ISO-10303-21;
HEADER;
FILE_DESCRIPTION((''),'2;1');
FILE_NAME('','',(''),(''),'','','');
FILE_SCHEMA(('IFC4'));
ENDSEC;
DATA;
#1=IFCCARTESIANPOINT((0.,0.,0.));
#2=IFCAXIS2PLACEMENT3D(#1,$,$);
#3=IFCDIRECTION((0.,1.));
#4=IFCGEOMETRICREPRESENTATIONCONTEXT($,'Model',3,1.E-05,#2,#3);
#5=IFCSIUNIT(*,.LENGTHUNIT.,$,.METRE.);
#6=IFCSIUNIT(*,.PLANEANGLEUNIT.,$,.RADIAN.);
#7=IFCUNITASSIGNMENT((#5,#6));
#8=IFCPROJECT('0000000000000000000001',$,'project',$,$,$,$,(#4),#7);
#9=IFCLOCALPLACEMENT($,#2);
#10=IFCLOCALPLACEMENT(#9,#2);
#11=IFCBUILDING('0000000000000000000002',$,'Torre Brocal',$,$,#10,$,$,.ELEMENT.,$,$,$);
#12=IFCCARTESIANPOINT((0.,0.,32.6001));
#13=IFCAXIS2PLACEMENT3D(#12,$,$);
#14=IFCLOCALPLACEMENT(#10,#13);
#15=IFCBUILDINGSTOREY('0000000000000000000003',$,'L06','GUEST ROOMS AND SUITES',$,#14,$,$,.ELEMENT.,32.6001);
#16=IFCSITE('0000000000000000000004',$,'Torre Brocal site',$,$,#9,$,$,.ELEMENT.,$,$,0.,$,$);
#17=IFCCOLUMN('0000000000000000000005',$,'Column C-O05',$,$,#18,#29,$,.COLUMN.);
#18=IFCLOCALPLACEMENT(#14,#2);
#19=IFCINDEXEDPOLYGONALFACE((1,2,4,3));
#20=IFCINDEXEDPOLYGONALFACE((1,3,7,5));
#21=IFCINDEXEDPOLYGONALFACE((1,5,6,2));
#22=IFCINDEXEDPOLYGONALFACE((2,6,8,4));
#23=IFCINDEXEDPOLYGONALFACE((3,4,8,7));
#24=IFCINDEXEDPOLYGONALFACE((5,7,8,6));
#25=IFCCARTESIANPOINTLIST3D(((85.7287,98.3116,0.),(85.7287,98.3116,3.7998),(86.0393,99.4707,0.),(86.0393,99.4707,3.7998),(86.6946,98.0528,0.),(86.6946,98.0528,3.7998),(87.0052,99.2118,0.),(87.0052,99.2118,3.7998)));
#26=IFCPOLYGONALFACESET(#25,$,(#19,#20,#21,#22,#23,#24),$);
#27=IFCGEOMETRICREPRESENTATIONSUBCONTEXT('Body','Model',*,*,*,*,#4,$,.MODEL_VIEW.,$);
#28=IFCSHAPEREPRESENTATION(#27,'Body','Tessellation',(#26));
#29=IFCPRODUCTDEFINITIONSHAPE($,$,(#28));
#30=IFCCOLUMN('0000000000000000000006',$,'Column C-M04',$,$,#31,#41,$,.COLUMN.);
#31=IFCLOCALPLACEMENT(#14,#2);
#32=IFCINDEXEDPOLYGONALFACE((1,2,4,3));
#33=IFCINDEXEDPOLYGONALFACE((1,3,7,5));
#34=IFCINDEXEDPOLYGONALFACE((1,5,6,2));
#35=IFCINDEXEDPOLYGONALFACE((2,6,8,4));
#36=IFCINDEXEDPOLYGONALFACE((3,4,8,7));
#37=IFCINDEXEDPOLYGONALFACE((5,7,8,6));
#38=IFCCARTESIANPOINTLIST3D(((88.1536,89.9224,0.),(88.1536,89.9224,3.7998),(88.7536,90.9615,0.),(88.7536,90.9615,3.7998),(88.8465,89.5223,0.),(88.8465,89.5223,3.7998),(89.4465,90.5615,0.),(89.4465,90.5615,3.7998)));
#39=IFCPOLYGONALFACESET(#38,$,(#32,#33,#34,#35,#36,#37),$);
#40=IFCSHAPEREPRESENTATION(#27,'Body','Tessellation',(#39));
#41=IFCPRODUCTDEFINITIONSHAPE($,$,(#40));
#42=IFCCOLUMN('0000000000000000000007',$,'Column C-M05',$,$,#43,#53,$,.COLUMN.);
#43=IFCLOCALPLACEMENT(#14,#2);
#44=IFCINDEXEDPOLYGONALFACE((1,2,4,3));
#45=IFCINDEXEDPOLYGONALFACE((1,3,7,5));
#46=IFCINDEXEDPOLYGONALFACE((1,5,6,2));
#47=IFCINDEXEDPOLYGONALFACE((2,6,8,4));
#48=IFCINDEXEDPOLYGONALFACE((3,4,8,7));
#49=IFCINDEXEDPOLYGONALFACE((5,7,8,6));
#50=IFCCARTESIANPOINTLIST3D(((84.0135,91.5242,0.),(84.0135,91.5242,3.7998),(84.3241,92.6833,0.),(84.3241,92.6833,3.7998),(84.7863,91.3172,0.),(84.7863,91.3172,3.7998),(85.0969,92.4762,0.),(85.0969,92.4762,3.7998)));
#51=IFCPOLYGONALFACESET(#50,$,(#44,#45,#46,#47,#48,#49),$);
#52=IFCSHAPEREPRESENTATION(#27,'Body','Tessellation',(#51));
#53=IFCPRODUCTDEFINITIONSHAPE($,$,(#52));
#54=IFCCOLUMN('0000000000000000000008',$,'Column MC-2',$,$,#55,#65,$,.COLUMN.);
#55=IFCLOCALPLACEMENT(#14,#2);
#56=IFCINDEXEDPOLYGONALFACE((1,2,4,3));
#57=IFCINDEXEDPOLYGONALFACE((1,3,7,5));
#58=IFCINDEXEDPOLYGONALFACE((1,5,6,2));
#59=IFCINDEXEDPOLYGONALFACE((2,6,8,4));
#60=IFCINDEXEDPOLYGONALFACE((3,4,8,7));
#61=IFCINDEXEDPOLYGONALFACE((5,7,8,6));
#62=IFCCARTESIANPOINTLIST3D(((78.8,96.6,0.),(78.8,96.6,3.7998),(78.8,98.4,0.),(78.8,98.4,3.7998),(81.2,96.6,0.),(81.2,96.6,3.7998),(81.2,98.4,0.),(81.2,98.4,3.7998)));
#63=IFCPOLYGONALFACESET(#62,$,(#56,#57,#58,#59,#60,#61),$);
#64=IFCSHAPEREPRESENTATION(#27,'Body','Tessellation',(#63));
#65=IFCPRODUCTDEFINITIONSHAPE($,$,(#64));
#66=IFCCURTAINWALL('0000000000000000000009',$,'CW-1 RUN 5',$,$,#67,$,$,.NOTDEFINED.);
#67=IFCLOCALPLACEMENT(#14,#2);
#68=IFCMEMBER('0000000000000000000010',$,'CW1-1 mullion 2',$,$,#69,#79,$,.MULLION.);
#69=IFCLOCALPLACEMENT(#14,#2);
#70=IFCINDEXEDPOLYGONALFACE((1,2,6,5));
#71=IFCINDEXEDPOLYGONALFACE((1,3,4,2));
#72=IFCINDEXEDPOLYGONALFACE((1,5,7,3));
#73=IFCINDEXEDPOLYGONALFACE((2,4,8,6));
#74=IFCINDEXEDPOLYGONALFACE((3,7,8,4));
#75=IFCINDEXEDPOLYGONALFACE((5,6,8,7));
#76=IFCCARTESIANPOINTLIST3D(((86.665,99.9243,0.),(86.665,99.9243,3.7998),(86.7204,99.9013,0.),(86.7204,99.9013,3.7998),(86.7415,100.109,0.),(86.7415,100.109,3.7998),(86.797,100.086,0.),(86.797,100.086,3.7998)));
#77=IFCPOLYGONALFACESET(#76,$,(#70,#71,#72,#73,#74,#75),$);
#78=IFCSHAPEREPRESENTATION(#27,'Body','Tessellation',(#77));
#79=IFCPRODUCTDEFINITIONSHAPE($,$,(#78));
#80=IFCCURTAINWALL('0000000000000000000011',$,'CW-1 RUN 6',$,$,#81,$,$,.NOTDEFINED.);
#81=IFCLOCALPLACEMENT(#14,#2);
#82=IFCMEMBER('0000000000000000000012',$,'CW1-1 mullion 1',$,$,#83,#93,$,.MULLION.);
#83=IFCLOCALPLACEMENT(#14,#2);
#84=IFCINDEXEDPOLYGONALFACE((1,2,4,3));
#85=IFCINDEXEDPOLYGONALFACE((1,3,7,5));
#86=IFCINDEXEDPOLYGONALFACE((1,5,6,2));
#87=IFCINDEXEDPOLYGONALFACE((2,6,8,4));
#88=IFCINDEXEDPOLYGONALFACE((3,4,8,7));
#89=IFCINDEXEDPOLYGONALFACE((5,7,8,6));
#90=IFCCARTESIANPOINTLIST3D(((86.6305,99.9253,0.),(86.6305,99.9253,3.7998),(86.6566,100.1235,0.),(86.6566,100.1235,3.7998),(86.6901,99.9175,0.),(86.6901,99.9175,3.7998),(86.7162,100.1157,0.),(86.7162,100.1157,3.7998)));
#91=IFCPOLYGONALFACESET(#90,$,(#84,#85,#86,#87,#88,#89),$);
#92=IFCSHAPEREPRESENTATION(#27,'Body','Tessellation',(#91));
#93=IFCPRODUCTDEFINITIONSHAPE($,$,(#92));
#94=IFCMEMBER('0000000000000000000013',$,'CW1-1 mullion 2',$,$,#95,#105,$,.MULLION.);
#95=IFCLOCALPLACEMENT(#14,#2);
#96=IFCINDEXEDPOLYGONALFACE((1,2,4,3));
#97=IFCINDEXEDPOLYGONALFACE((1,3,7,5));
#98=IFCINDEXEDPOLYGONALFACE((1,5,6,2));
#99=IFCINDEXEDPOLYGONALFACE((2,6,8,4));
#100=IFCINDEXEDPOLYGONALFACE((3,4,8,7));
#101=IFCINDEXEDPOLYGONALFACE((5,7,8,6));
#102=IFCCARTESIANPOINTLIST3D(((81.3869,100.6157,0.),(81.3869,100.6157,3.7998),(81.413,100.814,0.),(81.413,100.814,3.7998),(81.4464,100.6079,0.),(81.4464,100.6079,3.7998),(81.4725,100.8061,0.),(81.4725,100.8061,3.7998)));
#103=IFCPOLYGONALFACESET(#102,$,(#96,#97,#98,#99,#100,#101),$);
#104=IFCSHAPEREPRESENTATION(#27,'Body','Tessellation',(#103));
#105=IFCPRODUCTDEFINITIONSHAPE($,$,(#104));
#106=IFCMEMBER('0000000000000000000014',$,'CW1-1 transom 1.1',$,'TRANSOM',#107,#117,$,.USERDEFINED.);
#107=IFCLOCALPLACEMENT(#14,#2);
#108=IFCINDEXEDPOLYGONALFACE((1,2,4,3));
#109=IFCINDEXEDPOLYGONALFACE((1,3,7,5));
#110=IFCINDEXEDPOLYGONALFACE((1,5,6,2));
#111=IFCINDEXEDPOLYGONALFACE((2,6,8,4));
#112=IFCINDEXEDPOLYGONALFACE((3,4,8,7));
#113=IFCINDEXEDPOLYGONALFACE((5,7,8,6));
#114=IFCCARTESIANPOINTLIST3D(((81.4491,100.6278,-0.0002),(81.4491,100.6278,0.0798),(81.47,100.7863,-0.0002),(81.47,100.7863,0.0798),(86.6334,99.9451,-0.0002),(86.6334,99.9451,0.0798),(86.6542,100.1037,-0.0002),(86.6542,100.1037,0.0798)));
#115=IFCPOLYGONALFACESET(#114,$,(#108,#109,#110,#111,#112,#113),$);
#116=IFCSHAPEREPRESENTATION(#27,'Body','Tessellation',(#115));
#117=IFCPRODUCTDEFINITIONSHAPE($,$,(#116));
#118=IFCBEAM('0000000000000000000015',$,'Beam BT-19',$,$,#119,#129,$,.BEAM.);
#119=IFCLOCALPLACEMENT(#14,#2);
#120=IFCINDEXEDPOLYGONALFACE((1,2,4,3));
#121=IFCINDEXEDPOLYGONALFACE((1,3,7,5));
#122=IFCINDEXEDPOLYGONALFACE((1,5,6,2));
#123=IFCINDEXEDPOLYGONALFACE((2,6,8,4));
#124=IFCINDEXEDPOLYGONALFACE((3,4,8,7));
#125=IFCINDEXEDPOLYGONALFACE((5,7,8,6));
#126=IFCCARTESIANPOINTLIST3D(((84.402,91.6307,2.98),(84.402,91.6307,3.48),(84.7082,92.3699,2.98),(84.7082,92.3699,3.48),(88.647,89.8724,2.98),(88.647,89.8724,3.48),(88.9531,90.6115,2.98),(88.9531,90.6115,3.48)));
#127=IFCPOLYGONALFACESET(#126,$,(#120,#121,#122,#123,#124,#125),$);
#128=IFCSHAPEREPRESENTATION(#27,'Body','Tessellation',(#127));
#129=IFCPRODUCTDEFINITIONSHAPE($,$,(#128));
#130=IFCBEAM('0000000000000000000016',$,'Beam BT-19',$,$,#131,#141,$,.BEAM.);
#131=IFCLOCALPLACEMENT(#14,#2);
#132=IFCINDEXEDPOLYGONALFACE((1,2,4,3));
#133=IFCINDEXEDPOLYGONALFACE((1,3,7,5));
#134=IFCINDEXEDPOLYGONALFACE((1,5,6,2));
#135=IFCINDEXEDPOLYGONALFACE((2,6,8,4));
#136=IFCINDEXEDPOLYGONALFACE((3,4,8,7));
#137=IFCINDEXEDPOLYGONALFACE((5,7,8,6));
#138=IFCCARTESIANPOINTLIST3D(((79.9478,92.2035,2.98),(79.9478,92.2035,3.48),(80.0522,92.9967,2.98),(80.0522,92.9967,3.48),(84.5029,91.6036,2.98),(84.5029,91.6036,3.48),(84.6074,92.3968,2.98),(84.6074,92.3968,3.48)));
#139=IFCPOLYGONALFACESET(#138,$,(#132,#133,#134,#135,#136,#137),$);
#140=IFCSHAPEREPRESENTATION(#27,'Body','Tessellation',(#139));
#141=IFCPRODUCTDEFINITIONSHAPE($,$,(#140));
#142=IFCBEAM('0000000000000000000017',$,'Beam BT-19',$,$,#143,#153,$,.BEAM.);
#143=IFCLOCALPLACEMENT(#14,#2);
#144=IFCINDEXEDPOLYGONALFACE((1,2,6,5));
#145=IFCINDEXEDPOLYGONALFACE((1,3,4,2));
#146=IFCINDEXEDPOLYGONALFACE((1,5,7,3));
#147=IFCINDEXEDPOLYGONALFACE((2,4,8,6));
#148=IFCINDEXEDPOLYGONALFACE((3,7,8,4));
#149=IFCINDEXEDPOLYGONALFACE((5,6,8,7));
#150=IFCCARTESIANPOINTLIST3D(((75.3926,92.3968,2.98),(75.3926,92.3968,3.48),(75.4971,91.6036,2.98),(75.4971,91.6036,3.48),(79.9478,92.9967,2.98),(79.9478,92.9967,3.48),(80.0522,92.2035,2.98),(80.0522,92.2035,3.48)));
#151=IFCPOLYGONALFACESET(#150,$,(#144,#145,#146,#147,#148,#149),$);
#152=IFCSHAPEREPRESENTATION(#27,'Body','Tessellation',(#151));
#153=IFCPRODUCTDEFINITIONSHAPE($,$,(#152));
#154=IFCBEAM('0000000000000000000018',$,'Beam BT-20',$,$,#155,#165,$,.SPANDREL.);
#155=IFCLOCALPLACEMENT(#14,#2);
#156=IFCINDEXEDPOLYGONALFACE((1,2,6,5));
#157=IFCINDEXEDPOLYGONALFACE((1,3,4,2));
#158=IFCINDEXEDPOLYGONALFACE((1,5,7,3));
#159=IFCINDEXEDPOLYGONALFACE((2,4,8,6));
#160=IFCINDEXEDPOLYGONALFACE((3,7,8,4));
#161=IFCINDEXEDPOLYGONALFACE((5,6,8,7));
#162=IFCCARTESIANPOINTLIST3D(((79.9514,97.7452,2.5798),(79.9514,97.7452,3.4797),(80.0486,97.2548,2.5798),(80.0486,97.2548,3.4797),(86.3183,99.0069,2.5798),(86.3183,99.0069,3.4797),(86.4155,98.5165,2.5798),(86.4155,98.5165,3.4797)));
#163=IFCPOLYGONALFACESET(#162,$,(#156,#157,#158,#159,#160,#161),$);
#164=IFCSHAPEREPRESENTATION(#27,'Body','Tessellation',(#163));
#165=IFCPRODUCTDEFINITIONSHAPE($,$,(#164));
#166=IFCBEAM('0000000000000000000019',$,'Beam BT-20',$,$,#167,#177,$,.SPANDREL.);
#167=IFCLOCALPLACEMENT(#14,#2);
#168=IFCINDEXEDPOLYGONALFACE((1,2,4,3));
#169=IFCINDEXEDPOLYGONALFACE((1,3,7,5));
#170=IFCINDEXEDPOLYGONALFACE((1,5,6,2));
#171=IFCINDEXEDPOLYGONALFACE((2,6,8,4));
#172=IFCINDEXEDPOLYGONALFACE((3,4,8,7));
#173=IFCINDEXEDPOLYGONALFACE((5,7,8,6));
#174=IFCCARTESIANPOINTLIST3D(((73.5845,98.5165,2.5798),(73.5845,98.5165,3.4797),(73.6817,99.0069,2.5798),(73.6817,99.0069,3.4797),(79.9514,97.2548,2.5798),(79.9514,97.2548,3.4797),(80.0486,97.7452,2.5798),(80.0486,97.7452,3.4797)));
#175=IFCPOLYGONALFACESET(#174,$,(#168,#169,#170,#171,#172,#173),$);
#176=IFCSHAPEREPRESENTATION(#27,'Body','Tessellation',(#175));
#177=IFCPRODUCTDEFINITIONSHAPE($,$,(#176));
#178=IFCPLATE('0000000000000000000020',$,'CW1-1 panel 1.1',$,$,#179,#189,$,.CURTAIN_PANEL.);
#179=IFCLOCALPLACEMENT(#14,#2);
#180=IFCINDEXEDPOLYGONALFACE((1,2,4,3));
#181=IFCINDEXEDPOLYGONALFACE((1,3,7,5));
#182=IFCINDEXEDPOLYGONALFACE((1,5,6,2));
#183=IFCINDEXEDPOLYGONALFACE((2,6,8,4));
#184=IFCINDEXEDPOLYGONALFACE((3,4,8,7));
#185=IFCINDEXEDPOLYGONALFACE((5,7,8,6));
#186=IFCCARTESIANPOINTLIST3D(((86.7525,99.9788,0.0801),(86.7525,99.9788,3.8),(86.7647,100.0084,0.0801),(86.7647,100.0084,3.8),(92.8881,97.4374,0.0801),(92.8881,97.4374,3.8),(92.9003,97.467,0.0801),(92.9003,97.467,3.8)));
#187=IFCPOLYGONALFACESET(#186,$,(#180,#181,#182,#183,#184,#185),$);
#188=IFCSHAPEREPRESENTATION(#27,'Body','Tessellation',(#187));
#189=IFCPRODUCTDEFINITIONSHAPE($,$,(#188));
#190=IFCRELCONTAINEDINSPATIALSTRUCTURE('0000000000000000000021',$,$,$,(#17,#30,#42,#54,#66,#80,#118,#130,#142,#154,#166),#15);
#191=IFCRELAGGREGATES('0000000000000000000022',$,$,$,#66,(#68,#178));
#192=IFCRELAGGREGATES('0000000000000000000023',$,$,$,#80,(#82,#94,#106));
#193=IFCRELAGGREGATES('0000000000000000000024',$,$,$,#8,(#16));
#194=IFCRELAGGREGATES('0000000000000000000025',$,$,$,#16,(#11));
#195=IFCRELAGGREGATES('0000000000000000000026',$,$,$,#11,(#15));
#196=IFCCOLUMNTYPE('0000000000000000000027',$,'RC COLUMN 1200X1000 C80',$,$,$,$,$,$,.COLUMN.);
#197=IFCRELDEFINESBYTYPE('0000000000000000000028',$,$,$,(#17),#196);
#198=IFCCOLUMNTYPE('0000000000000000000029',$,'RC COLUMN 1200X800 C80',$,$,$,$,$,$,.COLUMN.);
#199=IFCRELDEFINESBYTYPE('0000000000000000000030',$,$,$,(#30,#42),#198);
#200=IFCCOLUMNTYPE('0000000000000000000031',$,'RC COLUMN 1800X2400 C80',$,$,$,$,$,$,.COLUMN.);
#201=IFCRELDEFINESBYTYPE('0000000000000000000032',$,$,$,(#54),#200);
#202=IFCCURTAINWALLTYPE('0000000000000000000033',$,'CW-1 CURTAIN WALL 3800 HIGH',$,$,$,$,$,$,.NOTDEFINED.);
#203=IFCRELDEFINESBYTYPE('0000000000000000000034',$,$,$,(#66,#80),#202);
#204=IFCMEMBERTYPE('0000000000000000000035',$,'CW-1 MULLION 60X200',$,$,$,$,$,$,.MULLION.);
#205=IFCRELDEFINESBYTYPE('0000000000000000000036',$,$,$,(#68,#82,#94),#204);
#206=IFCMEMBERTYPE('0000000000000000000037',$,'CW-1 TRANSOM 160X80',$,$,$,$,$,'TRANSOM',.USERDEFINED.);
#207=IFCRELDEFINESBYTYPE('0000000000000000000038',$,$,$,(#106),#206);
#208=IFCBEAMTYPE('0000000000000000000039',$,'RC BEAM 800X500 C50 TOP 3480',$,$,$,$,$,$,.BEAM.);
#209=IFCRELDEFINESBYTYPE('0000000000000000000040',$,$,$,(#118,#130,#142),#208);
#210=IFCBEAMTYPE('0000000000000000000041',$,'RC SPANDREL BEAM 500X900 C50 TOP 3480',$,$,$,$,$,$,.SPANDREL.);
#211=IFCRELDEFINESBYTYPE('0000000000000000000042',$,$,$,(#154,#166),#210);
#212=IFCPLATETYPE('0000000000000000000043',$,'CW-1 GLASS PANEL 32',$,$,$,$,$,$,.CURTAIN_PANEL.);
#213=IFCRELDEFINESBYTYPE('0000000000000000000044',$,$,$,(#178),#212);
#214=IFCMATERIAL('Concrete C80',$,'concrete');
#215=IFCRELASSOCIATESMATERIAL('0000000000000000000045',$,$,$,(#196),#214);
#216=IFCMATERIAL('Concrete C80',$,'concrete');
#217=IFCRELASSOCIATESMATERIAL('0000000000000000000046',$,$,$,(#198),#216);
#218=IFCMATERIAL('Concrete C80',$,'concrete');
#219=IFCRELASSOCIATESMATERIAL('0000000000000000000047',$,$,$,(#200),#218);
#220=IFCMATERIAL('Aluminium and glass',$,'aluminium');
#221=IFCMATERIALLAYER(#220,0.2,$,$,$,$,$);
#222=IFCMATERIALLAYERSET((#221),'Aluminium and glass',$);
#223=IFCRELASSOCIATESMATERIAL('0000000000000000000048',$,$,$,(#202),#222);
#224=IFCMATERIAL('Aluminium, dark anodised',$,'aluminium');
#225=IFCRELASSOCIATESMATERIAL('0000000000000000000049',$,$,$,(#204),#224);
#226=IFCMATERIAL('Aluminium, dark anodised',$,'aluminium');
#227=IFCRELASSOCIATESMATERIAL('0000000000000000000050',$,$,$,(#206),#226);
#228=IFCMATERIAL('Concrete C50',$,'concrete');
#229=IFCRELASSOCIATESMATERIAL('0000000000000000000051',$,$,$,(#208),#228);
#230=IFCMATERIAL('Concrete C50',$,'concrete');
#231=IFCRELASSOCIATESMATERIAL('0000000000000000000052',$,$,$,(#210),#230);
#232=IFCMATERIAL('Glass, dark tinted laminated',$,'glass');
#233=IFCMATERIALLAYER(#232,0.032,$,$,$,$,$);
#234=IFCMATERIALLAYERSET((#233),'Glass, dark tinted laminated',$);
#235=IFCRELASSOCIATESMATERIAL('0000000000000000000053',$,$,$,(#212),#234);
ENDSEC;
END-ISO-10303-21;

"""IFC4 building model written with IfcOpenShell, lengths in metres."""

from ifc_helpers import new_model, si_unit, direction, frame, origin, origin_2d, place, context, subcontext, project, spatial, rectangle, extrude, material, layer, layer_set, material_profile, profile_set, type_object, element, aggregate, save


model = new_model("IFC4")

# Units and contexts
model_context = context("Model", 3, precision=1e-05, world=origin(), true_north=direction((0.0, 1.0)))
body_context = subcontext(model_context, "Body", "Model", "MODEL_VIEW")
ifc_project = project(units=[si_unit("LENGTHUNIT", "METRE"), si_unit("PLANEANGLEUNIT", "RADIAN")], contexts=[model_context])

# Site, building, storey
site_placement = place(None, origin())
site = spatial("IfcSite", under=ifc_project, at=site_placement, Name="Torre Brocal site", CompositionType="ELEMENT", RefElevation=0.0)
building_placement = place(site_placement, origin())
building = spatial("IfcBuilding", under=site, at=building_placement, Name="Torre Brocal", CompositionType="ELEMENT")
storey_placement = place(building_placement, frame((0.0, 0.0, 32.6001)))
storey = spatial("IfcBuildingStorey", under=building, at=storey_placement, Name="L06", Description="GUEST ROOMS AND SUITES", CompositionType="ELEMENT", Elevation=32.6001)

# Columns
ifc_material_1 = material(Name="Concrete C80", Category="concrete")
ifc_material_profile_1 = material_profile(ifc_material_1, rectangle(XDim=1.2, YDim=1.0, at=origin_2d()), Name="RC 1200X1000")
ifc_profile_set_1 = profile_set([ifc_material_profile_1], Name="Concrete C80")
column_type_1 = type_object("IfcColumnType", Name="RC COLUMN 1200X1000 C80", PredefinedType="COLUMN", material=ifc_profile_set_1)
column_1_placement = place(storey_placement, frame((86.3669, 98.7617, 0.0), z_axis=(0.0, 0.0, 1.0), x_axis=(0.258819, 0.965926, 0.0)))
element("IfcColumn", 1, at=column_1_placement, inside=storey, type_object=column_type_1, Name="Column C-O05", PredefinedType="COLUMN", context=body_context, shape_type="SweptSolid", body=[
    extrude(rectangle(XDim=1.2, YDim=1.0, at=origin_2d()), origin(), (0.0, 0.0, 1.0), 3.7998),
])
ifc_material_2 = material(Name="Concrete C80", Category="concrete")
ifc_material_profile_2 = material_profile(ifc_material_2, rectangle(XDim=1.2, YDim=0.8, at=origin_2d()), Name="RC 1200X800")
ifc_profile_set_2 = profile_set([ifc_material_profile_2], Name="Concrete C80")
column_type_2 = type_object("IfcColumnType", Name="RC COLUMN 1200X800 C80", PredefinedType="COLUMN", material=ifc_profile_set_2)
for number, where, z_axis, x_axis, name in (
    (2, (88.8, 90.2419, 0.0), (0.0, 0.0, 1.0), (0.5, 0.866025, 0.0), "Column C-M04"),
    (3, (84.5552, 92.0002, 0.0), (0.0, 0.0, 1.0), (0.258819, 0.965926, 0.0), "Column C-M05"),
):
    element("IfcColumn", number, at=place(storey_placement, frame(where, z_axis=z_axis, x_axis=x_axis)), inside=storey, type_object=column_type_2, Name=name, PredefinedType="COLUMN", context=body_context, shape_type="SweptSolid", body=[
        extrude(rectangle(XDim=1.2, YDim=0.8, at=origin_2d()), origin(), (0.0, 0.0, 1.0), 3.7998),
    ])
ifc_material_3 = material(Name="Concrete C80", Category="concrete")
ifc_material_profile_3 = material_profile(ifc_material_3, rectangle(XDim=1.8, YDim=2.3999, at=origin_2d()), Name="RC 1800X2400")
ifc_profile_set_3 = profile_set([ifc_material_profile_3], Name="Concrete C80")
column_type_3 = type_object("IfcColumnType", Name="RC COLUMN 1800X2400 C80", PredefinedType="COLUMN", material=ifc_profile_set_3)
column_2_placement = place(storey_placement, frame((80.0, 97.5, 0.0), z_axis=(0.0, 0.0, 1.0), x_axis=(0.0, 1.0, 0.0)))
element("IfcColumn", 4, at=column_2_placement, inside=storey, type_object=column_type_3, Name="Column MC-2", PredefinedType="COLUMN", context=body_context, shape_type="SweptSolid", body=[
    extrude(rectangle(XDim=1.8, YDim=2.3999, at=origin_2d()), origin(), (0.0, 0.0, 1.0), 3.7998),
])

# Curtain wall, member
ifc_material_4 = material(Name="Aluminium and glass", Category="aluminium")
ifc_layer_1 = layer(ifc_material_4, 0.2)
ifc_layer_set_1 = layer_set([ifc_layer_1], Name="Aluminium and glass")
curtain_wall_type = type_object("IfcCurtainWallType", Name="CW-1 CURTAIN WALL 3800 HIGH", PredefinedType="NOTDEFINED", material=ifc_layer_set_1)
curtain_wall_1_placement = place(storey_placement, origin())
curtain_wall_1 = element("IfcCurtainWall", 5, at=curtain_wall_1_placement, inside=storey, type_object=curtain_wall_type, Name="CW-1 RUN 5", PredefinedType="NOTDEFINED")
ifc_material_5 = material(Name="Aluminium, dark anodised", Category="aluminium")
ifc_material_profile_4 = material_profile(ifc_material_5, rectangle(XDim=0.2, YDim=0.0601, at=origin_2d()), Name="CW-1 MULLION 60X200")
ifc_profile_set_4 = profile_set([ifc_material_profile_4], Name="Aluminium, dark anodised")
member_type_1 = type_object("IfcMemberType", Name="CW-1 MULLION 60X200", PredefinedType="MULLION", material=ifc_profile_set_4)
member_1_placement = place(storey_placement, frame((86.731, 100.0051, 0.0), z_axis=(0.0, 0.0, 1.0), x_axis=(-0.382683, -0.92388, 0.0)))
member_1 = element("IfcMember", 6, at=member_1_placement, type_object=member_type_1, Name="CW1-1 mullion 2", PredefinedType="MULLION", context=body_context, shape_type="SweptSolid", body=[
    extrude(rectangle(XDim=0.2, YDim=0.0601, at=origin_2d()), origin(), (0.0, 0.0, 1.0), 3.7998),
])

# Curtain wall, members
curtain_wall_2_placement = place(storey_placement, origin())
curtain_wall_2 = element("IfcCurtainWall", 7, at=curtain_wall_2_placement, inside=storey, type_object=curtain_wall_type, Name="CW-1 RUN 6", PredefinedType="NOTDEFINED")
member_2_placement = place(storey_placement, frame((86.6733, 100.0205, 0.0), z_axis=(0.0, 0.0, 1.0), x_axis=(-0.130526, -0.991445, 0.0)))
member_2 = element("IfcMember", 8, at=member_2_placement, type_object=member_type_1, Name="CW1-1 mullion 1", PredefinedType="MULLION", context=body_context, shape_type="SweptSolid", body=[
    extrude(rectangle(XDim=0.2, YDim=0.0601, at=origin_2d()), origin(), (0.0, 0.0, 1.0), 3.7998),
])
member_3_placement = place(storey_placement, frame((81.4297, 100.7109, 0.0), z_axis=(0.0, 0.0, 1.0), x_axis=(-0.130526, -0.991445, 0.0)))
member_3 = element("IfcMember", 9, at=member_3_placement, type_object=member_type_1, Name="CW1-1 mullion 2", PredefinedType="MULLION", context=body_context, shape_type="SweptSolid", body=[
    extrude(rectangle(XDim=0.2, YDim=0.0601, at=origin_2d()), origin(), (0.0, 0.0, 1.0), 3.7998),
])
ifc_material_6 = material(Name="Aluminium, dark anodised", Category="aluminium")
ifc_material_profile_5 = material_profile(ifc_material_6, rectangle(XDim=0.1599, YDim=0.0801, at=origin_2d()), Name="CW-1 TRANSOM 160X80")
ifc_profile_set_5 = profile_set([ifc_material_profile_5], Name="Aluminium, dark anodised")
member_type_2 = type_object("IfcMemberType", Name="CW-1 TRANSOM 160X80", ElementType="TRANSOM", PredefinedType="USERDEFINED", material=ifc_profile_set_5)
member_4_placement = place(storey_placement, frame((86.6438, 100.0244, 0.0398), z_axis=(-0.991443, 0.130543, 0.0), x_axis=(-0.130543, -0.991443, 0.0)))
member_4 = element("IfcMember", 10, at=member_4_placement, type_object=member_type_2, Name="CW1-1 transom 1.1", ObjectType="TRANSOM", PredefinedType="USERDEFINED", context=body_context, shape_type="SweptSolid", body=[
    extrude(rectangle(XDim=0.1599, YDim=0.0801, at=origin_2d()), origin(), (0.0, 0.0, 1.0), 5.229),
])

# Beams
ifc_material_7 = material(Name="Concrete C50", Category="concrete")
ifc_material_profile_6 = material_profile(ifc_material_7, rectangle(XDim=0.8, YDim=0.5, at=origin_2d()), Name="RC 800X500")
ifc_profile_set_6 = profile_set([ifc_material_profile_6], Name="Concrete C50")
beam_type_1 = type_object("IfcBeamType", Name="RC BEAM 800X500 C50 TOP 3480", PredefinedType="BEAM", material=ifc_profile_set_6)
beam_placement = place(storey_placement, frame((88.8, 90.2419, 3.23), z_axis=(-0.923878, 0.382687, 0.0), x_axis=(-0.382687, -0.923878, 0.0)))
element("IfcBeam", 11, at=beam_placement, inside=storey, type_object=beam_type_1, Name="Beam BT-19", PredefinedType="BEAM", context=body_context, shape_type="SweptSolid", body=[
    extrude(rectangle(XDim=0.8, YDim=0.5, at=origin_2d()), origin(), (0.0, 0.0, 1.0), 4.5947),
])
for number, where, z_axis, x_axis, name in (
    (12, (84.5552, 92.0002, 3.23), (-0.991441, 0.130559, 0.0), (-0.130559, -0.991441, 0.0), "Beam BT-19"),
    (13, (80.0, 92.6001, 3.23), (-0.991441, -0.130559, 0.0), (0.130559, -0.991441, 0.0), "Beam BT-19"),
):
    element("IfcBeam", number, at=place(storey_placement, frame(where, z_axis=z_axis, x_axis=x_axis)), inside=storey, type_object=beam_type_1, Name=name, PredefinedType="BEAM", context=body_context, shape_type="SweptSolid", body=[
        extrude(rectangle(XDim=0.8, YDim=0.5, at=origin_2d()), origin(), (0.0, 0.0, 1.0), 4.5945),
    ])
ifc_material_8 = material(Name="Concrete C50", Category="concrete")
ifc_material_profile_7 = material_profile(ifc_material_8, rectangle(XDim=0.5, YDim=0.8999, at=origin_2d()), Name="RC 500X900")
ifc_profile_set_7 = profile_set([ifc_material_profile_7], Name="Concrete C50")
beam_type_2 = type_object("IfcBeamType", Name="RC SPANDREL BEAM 500X900 C50 TOP 3480", PredefinedType="SPANDREL", material=ifc_profile_set_7)
for number, where, z_axis, x_axis, name in (
    (14, (86.3669, 98.7617, 3.0298), (-0.980925, -0.194387, 0.0), (0.194387, -0.980925, 0.0), "Beam BT-20"),
    (15, (80.0, 97.5, 3.0298), (-0.980925, 0.194387, 0.0), (-0.194387, -0.980925, 0.0), "Beam BT-20"),
):
    element("IfcBeam", number, at=place(storey_placement, frame(where, z_axis=z_axis, x_axis=x_axis)), inside=storey, type_object=beam_type_2, Name=name, PredefinedType="SPANDREL", context=body_context, shape_type="SweptSolid", body=[
        extrude(rectangle(XDim=0.5, YDim=0.8999, at=origin_2d()), origin(), (0.0, 0.0, 1.0), 6.4907),
    ])

# Plate
ifc_material_9 = material(Name="Glass, dark tinted laminated", Category="glass")
ifc_layer_2 = layer(ifc_material_9, 0.032)
ifc_layer_set_2 = layer_set([ifc_layer_2], Name="Glass, dark tinted laminated")
plate_type = type_object("IfcPlateType", Name="CW-1 GLASS PANEL 32", PredefinedType="CURTAIN_PANEL", material=ifc_layer_set_2)
plate_1_placement = place(storey_placement, frame((89.8264, 98.7229, 0.0801), z_axis=(0.0, 0.0, 1.0), x_axis=(-0.92388, 0.382683, 0.0)))
plate_1 = element("IfcPlate", 16, at=plate_1_placement, type_object=plate_type, Name="CW1-1 panel 1.1", PredefinedType="CURTAIN_PANEL", context=body_context, shape_type="SweptSolid", body=[
    extrude(rectangle(XDim=6.6411, YDim=0.032, at=origin_2d()), origin(), (0.0, 0.0, 1.0), 3.72),
])
aggregate(curtain_wall_1, [member_1, plate_1])
aggregate(curtain_wall_2, [member_2, member_3, member_4])

save(model, "model.ifc")
